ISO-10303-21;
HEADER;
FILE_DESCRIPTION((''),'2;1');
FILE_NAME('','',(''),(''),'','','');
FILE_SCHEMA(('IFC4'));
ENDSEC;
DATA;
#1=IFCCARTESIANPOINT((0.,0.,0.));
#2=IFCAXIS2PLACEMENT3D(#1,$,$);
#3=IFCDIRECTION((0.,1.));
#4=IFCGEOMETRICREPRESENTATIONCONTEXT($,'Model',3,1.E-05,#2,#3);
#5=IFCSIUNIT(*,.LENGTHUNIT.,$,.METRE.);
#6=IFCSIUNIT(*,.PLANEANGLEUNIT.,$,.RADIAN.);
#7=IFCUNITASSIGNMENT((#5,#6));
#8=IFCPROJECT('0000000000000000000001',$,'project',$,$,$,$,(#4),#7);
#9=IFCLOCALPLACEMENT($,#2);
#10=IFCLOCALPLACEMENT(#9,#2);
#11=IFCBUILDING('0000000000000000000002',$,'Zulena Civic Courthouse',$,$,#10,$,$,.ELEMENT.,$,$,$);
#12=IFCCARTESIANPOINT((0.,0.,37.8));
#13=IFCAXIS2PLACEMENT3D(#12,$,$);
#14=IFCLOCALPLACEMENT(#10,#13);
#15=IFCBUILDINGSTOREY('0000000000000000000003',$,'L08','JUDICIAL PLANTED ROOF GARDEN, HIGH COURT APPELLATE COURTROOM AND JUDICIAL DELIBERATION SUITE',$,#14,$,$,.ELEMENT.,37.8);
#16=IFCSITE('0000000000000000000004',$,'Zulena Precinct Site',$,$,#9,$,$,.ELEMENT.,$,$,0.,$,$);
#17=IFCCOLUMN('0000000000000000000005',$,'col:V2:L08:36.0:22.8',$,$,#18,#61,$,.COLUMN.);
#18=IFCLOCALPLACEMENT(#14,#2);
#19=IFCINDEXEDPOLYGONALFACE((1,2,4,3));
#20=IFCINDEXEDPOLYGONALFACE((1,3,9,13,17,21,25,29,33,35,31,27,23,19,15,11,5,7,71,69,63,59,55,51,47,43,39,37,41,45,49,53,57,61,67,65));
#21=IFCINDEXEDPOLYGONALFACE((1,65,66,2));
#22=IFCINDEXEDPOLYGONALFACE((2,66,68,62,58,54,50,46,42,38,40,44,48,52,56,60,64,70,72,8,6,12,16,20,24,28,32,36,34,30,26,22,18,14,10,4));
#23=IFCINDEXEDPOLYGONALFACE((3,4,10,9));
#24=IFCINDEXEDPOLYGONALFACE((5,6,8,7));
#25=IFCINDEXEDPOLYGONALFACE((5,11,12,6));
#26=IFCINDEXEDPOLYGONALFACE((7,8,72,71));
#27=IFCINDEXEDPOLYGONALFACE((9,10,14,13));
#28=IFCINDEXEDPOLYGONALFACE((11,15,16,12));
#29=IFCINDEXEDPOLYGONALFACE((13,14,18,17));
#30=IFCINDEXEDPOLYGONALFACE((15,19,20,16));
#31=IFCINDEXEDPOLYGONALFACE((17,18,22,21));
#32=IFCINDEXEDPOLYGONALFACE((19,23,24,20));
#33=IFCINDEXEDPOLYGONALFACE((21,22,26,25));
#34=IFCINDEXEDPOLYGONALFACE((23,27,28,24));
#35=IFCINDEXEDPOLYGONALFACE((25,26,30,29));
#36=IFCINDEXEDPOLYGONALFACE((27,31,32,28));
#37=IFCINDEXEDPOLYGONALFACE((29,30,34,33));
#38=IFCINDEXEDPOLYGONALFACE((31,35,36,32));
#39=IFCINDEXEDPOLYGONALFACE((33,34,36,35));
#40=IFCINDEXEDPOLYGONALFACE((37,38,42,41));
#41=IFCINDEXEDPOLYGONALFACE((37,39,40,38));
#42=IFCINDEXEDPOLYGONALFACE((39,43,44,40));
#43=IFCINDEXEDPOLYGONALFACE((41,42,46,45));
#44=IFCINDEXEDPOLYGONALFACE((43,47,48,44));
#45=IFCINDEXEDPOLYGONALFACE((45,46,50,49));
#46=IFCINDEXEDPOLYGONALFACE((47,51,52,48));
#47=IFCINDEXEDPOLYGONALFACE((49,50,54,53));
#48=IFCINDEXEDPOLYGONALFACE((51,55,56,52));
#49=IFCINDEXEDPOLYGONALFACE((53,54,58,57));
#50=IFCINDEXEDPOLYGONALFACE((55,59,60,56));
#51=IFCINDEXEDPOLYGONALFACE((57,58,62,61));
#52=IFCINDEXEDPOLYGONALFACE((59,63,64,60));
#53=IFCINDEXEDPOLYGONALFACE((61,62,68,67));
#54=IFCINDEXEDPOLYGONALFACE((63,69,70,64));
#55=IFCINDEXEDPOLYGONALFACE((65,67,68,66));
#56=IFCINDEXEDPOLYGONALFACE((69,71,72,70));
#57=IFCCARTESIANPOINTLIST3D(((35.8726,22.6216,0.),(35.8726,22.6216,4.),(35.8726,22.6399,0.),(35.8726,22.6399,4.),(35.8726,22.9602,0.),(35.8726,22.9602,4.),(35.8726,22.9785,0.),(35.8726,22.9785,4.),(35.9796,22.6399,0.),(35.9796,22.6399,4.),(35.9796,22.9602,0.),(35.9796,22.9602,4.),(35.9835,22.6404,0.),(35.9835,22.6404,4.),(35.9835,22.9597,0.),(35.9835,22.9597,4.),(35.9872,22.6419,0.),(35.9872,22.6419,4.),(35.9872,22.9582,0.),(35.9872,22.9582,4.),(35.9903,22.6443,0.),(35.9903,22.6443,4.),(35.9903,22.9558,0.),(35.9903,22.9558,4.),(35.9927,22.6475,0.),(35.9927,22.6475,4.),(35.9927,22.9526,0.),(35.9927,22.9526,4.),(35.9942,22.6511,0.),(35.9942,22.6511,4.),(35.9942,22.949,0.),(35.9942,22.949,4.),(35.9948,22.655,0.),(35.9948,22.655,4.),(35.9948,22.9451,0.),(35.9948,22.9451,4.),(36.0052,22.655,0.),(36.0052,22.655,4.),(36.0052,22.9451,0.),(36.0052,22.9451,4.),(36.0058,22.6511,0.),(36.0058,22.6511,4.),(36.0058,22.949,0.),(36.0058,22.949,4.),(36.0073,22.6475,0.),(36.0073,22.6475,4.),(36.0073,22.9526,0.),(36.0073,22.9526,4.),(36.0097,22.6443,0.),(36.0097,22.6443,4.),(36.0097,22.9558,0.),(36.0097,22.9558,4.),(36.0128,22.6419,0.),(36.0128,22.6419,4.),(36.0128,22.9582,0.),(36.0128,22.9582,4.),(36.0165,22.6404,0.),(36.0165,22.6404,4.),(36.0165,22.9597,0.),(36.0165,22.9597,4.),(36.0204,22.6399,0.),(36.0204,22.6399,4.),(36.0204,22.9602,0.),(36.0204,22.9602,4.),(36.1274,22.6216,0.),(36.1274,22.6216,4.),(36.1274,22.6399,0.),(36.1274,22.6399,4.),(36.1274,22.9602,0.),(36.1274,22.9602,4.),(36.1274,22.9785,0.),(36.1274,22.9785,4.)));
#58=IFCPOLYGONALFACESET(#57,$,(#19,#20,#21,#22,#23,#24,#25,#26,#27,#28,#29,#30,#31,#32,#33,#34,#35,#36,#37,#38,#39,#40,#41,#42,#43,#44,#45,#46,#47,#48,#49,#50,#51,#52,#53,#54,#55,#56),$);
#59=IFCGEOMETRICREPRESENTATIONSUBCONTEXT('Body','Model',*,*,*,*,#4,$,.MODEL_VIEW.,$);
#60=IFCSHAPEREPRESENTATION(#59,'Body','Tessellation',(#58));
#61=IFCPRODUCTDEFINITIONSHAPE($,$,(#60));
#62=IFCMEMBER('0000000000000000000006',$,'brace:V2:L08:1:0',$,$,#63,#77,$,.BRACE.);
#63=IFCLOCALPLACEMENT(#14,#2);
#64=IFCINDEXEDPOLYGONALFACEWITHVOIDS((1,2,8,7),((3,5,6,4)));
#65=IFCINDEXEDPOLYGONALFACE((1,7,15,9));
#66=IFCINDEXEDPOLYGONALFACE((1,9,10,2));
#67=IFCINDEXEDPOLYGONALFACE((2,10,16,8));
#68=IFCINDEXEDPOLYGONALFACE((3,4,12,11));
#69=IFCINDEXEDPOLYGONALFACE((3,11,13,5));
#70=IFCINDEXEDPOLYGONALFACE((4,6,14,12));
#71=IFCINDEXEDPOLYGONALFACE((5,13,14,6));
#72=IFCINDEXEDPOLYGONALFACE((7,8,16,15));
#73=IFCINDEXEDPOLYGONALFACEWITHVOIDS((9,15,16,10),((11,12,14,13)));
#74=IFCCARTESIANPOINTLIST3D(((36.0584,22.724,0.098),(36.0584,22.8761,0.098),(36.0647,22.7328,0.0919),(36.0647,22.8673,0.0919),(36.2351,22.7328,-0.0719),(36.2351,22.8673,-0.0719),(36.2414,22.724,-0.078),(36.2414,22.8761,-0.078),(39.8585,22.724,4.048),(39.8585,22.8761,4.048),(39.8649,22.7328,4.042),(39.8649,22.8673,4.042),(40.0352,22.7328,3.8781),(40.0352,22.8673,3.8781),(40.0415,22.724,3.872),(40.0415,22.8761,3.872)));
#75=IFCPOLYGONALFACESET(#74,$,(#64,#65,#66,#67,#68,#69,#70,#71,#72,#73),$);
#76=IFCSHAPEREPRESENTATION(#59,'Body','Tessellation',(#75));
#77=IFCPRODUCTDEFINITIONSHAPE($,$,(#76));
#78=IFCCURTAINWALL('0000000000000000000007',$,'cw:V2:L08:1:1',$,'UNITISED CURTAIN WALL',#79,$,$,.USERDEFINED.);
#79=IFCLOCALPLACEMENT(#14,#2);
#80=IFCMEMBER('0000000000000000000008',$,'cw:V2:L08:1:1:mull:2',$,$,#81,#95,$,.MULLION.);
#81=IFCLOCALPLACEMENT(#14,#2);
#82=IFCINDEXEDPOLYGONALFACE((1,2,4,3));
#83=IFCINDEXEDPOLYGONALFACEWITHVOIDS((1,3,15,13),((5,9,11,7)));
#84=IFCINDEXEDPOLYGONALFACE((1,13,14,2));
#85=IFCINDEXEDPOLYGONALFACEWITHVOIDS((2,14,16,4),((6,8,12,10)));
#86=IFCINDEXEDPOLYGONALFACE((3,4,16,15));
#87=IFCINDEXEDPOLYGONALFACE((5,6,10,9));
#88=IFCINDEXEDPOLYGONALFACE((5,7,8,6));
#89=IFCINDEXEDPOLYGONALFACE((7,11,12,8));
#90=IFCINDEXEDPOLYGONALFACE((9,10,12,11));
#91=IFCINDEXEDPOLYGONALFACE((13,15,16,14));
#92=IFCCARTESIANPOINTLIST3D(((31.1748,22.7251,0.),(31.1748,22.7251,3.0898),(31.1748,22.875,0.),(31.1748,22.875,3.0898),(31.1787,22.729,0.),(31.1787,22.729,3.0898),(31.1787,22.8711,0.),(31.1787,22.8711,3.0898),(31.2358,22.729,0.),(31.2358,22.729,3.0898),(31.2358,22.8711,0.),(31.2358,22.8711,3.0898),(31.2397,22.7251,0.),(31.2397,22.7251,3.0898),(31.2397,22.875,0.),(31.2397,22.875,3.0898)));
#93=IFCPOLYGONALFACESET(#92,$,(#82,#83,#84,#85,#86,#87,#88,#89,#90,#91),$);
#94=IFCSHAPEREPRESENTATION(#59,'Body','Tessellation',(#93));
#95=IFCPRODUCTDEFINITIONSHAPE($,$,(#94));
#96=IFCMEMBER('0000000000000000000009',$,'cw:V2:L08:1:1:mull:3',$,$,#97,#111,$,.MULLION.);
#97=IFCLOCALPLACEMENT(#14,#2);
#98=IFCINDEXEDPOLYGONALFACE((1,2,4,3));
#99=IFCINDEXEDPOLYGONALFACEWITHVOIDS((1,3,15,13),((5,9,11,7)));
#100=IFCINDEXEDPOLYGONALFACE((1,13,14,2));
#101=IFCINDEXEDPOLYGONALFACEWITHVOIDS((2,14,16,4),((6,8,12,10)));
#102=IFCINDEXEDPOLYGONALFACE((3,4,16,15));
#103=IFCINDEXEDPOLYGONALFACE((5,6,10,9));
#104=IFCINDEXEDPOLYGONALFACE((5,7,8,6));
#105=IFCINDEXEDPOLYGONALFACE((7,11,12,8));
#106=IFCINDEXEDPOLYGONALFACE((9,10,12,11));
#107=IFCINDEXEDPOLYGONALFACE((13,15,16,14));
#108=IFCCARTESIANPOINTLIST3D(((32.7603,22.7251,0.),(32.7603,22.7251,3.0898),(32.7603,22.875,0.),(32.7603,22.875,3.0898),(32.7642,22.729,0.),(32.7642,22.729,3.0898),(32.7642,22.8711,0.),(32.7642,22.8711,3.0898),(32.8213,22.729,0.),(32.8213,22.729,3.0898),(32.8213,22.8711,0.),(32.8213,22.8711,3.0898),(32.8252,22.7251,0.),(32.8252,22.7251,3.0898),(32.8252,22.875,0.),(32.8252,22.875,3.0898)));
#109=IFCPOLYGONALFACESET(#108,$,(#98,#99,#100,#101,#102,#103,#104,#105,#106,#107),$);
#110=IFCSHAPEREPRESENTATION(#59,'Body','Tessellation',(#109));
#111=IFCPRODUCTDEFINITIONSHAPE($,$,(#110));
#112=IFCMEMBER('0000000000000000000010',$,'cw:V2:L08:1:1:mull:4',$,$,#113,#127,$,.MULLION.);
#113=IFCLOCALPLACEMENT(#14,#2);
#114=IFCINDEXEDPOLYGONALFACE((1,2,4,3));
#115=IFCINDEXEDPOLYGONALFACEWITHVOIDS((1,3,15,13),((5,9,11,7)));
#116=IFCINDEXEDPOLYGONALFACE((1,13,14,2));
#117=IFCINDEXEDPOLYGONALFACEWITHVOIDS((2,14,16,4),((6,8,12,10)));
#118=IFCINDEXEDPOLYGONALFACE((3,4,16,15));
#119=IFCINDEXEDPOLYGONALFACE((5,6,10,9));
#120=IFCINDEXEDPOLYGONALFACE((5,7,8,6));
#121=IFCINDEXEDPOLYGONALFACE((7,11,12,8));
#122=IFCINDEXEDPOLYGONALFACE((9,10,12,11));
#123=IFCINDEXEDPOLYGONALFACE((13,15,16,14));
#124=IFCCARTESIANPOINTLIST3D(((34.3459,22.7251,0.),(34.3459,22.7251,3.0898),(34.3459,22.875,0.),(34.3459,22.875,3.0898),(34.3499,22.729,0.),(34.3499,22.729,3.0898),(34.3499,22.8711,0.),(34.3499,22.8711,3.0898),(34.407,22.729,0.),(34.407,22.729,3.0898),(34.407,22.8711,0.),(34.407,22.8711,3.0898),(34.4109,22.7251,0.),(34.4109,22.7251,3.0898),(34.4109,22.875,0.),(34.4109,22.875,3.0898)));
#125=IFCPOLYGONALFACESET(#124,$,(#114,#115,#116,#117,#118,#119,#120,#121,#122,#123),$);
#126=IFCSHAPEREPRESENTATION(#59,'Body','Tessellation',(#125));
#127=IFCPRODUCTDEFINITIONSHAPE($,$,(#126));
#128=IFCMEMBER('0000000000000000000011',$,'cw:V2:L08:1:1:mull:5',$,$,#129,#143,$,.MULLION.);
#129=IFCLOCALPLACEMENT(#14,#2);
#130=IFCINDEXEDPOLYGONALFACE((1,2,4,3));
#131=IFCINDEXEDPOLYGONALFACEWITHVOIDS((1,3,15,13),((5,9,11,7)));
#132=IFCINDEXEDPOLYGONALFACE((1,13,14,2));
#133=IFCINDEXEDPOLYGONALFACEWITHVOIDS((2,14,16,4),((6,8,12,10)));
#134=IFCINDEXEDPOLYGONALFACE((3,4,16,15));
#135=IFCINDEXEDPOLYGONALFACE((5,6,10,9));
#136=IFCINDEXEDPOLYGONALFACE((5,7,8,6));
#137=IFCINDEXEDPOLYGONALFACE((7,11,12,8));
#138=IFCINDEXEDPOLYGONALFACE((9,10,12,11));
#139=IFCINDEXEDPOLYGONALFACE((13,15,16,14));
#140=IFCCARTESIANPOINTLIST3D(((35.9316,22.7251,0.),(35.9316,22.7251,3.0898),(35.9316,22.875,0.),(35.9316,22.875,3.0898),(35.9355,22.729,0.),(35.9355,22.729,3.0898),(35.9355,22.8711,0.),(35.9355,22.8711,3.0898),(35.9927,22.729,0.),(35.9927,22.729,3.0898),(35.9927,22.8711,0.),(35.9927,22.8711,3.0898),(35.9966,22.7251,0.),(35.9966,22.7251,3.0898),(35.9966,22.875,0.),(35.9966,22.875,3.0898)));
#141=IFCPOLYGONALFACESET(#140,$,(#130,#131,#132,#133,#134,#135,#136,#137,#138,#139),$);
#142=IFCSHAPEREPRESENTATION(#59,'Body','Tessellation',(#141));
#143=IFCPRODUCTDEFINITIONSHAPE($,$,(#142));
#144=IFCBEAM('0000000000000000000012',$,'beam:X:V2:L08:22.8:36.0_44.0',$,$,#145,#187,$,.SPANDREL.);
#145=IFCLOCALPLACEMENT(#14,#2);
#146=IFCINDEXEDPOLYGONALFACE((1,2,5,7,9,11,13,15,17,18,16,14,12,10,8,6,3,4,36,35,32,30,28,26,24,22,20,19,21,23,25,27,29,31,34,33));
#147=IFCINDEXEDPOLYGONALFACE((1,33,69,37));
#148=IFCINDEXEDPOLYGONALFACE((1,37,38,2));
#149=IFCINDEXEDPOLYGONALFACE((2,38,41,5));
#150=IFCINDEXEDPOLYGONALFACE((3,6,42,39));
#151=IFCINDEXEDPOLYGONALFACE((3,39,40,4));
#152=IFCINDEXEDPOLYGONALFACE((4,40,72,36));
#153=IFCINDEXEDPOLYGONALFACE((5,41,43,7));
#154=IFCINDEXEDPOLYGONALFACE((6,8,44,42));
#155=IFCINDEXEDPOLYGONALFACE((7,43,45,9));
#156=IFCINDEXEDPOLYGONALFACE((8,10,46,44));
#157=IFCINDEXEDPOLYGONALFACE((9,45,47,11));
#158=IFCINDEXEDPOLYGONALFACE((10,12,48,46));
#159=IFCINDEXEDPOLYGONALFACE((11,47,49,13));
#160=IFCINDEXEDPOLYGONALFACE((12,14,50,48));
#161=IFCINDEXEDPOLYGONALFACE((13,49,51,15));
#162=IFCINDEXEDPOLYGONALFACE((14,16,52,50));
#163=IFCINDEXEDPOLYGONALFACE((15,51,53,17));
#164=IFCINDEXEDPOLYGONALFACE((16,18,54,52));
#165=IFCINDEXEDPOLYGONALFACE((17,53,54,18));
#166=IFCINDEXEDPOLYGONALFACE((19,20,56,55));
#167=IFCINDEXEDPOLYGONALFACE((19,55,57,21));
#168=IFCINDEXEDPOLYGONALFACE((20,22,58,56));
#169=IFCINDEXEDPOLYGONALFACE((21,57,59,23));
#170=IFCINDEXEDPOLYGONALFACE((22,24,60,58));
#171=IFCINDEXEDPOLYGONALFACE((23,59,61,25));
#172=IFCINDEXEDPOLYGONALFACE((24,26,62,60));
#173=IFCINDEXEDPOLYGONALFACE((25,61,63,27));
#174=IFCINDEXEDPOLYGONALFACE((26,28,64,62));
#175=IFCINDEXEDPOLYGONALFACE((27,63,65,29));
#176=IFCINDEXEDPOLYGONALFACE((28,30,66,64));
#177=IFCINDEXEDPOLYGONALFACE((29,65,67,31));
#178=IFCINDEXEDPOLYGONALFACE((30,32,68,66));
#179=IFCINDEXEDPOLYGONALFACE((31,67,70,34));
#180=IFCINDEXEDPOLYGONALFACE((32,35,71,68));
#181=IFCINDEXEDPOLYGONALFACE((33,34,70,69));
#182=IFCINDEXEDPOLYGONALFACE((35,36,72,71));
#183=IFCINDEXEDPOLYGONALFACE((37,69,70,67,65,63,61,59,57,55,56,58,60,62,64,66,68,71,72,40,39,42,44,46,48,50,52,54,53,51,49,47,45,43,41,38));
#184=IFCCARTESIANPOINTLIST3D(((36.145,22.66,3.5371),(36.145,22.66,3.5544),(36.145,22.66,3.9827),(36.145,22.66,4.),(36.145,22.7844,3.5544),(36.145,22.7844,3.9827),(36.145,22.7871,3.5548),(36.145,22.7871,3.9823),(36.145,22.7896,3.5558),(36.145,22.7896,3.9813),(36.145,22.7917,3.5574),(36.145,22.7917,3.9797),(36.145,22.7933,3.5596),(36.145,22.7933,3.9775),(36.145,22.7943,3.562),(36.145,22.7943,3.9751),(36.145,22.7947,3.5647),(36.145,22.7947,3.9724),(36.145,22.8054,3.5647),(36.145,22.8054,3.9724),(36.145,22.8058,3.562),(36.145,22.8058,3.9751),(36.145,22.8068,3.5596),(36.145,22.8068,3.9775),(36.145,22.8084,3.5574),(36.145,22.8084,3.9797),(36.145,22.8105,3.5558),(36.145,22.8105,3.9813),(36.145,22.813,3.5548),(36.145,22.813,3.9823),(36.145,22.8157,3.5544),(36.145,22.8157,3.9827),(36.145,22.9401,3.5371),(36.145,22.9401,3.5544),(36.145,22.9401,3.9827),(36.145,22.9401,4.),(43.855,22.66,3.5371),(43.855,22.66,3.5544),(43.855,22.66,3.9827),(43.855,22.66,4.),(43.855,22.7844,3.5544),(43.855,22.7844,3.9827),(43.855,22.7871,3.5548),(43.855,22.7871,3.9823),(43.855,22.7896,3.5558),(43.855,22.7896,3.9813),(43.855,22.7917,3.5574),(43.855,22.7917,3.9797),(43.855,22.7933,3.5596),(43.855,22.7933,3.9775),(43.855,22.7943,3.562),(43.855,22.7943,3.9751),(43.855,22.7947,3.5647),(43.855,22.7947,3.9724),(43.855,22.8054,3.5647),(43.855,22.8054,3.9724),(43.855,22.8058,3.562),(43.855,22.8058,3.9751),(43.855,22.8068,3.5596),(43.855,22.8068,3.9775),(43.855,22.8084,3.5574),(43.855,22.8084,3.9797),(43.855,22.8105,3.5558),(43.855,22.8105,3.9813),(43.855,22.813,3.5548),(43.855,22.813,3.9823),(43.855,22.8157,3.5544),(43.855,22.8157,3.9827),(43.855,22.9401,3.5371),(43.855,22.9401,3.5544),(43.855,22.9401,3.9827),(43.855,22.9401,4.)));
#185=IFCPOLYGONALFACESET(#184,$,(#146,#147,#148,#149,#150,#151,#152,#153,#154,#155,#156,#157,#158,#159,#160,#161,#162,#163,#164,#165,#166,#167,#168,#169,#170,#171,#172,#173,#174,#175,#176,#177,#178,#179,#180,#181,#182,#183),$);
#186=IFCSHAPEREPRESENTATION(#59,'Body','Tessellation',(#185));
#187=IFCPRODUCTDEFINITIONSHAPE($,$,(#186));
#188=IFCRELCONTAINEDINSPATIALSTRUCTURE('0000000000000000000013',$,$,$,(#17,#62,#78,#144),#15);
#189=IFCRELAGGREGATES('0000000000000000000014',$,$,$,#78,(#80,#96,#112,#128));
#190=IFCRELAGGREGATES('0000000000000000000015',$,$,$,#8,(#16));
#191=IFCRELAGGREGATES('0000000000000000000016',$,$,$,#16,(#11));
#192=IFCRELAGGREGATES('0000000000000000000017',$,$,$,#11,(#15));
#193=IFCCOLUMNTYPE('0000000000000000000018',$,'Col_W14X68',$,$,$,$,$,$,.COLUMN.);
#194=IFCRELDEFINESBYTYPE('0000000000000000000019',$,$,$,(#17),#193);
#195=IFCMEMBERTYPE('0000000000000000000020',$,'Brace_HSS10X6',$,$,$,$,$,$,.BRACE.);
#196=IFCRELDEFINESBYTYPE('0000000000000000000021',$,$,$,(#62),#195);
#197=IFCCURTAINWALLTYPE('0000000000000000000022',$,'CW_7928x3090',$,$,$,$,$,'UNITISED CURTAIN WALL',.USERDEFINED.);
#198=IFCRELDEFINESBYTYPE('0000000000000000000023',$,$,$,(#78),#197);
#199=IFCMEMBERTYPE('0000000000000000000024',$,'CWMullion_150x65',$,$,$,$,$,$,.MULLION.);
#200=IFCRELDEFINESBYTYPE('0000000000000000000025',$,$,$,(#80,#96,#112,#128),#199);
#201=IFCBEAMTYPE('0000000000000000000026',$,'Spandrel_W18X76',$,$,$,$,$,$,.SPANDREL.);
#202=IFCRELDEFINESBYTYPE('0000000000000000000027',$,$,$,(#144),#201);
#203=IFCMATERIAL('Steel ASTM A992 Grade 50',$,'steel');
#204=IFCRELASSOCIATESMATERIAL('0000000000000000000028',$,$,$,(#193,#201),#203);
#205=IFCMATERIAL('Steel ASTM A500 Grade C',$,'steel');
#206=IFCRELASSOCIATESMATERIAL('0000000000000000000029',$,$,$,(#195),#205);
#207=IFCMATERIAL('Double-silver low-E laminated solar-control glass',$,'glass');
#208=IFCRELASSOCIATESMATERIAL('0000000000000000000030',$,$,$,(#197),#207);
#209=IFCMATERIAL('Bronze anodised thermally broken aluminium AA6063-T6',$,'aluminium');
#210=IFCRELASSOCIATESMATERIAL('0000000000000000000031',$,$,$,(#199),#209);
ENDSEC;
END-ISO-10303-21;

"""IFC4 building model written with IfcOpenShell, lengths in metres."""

from ifc_helpers import new_model, si_unit, direction, frame, origin, origin_2d, place, context, subcontext, project, spatial, hollow_rectangle, i_section, extrude, material, material_profile, profile_set, type_object, element, aggregate, save


model = new_model("IFC4")

# Units and contexts
model_context = context("Model", 3, precision=1e-05, world=origin(), true_north=direction((0.0, 1.0)))
body_context = subcontext(model_context, "Body", "Model", "MODEL_VIEW")
ifc_project = project(units=[si_unit("LENGTHUNIT", "METRE"), si_unit("PLANEANGLEUNIT", "RADIAN")], contexts=[model_context])

# Site, building, storey
site_placement = place(None, origin())
site = spatial("IfcSite", under=ifc_project, at=site_placement, Name="Zulena Precinct Site", CompositionType="ELEMENT", RefElevation=0.0)
building_placement = place(site_placement, origin())
building = spatial("IfcBuilding", under=site, at=building_placement, Name="Zulena Civic Courthouse", CompositionType="ELEMENT")
storey_placement = place(building_placement, frame((0.0, 0.0, 37.8)))
storey = spatial("IfcBuildingStorey", under=building, at=storey_placement, Name="L08", Description="JUDICIAL PLANTED ROOF GARDEN, HIGH COURT APPELLATE COURTROOM AND JUDICIAL DELIBERATION SUITE", CompositionType="ELEMENT", Elevation=37.8)

# Column
ifc_material_1 = material(Name="Steel ASTM A992 Grade 50", Category="steel")
ifc_material_profile_1 = material_profile(ifc_material_1, i_section(OverallWidth=0.2549, OverallDepth=0.3569, WebThickness=0.0105, FlangeThickness=0.0183, FilletRadius=0.0151, at=origin_2d()), Name="W14X68")
ifc_profile_set_1 = profile_set([ifc_material_profile_1], Name="Steel ASTM A992 Grade 50")
column_type = type_object("IfcColumnType", Name="Col_W14X68", PredefinedType="COLUMN", material=ifc_profile_set_1)
column_placement = place(storey_placement, frame((36.0, 22.8, 0.0), z_axis=(0.0, 0.0, 1.0), x_axis=(1.0, 0.0, 0.0)))
element("IfcColumn", 1, at=column_placement, inside=storey, type_object=column_type, Name="col:V2:L08:36.0:22.8", PredefinedType="COLUMN", context=body_context, shape_type="SweptSolid", body=[
    extrude(i_section(OverallWidth=0.2549, OverallDepth=0.3569, WebThickness=0.0105, FlangeThickness=0.0183, FilletRadius=0.0151, at=origin_2d()), origin(), (0.0, 0.0, 1.0), 4.0),
])

# Member
ifc_material_2 = material(Name="Steel ASTM A500 Grade C", Category="steel")
ifc_material_profile_2 = material_profile(ifc_material_2, hollow_rectangle(XDim=0.1521, YDim=0.2539, WallThickness=0.0088, at=origin_2d()), Name="HSS10X6X3/8")
ifc_profile_set_2 = profile_set([ifc_material_profile_2], Name="Steel ASTM A500 Grade C")
member_type_1 = type_object("IfcMemberType", Name="Brace_HSS10X6", PredefinedType="BRACE", material=ifc_profile_set_2)
member_1_placement = place(storey_placement, frame((36.1499, 22.8, 0.01), z_axis=(0.6933, 0.0, 0.720649), x_axis=(0.0, 1.0, 0.0)))
element("IfcMember", 2, at=member_1_placement, inside=storey, type_object=member_type_1, Name="brace:V2:L08:1:0", PredefinedType="BRACE", context=body_context, shape_type="SweptSolid", body=[
    extrude(hollow_rectangle(XDim=0.1521, YDim=0.2539, WallThickness=0.0088, at=origin_2d()), origin(), (0.0, 0.0, 1.0), 5.4812),
])

# Curtain wall, members
ifc_material_3 = material(Name="Double-silver low-E laminated solar-control glass", Category="glass")
curtain_wall_type = type_object("IfcCurtainWallType", Name="CW_7928x3090", ElementType="UNITISED CURTAIN WALL", PredefinedType="USERDEFINED", material=ifc_material_3)
curtain_wall_placement = place(storey_placement, origin())
curtain_wall = element("IfcCurtainWall", 3, at=curtain_wall_placement, inside=storey, type_object=curtain_wall_type, Name="cw:V2:L08:1:1", ObjectType="UNITISED CURTAIN WALL", PredefinedType="USERDEFINED")
ifc_material_4 = material(Name="Bronze anodised thermally broken aluminium AA6063-T6", Category="aluminium")
ifc_material_profile_3 = material_profile(ifc_material_4, hollow_rectangle(XDim=0.0649, YDim=0.1499, WallThickness=0.0039, at=origin_2d()), Name="CWM150X65X4")
ifc_profile_set_3 = profile_set([ifc_material_profile_3], Name="Bronze anodised thermally broken aluminium AA6063-T6")
member_type_2 = type_object("IfcMemberType", Name="CWMullion_150x65", PredefinedType="MULLION", material=ifc_profile_set_3)
member_2_placement = place(storey_placement, frame((31.2073, 22.8, 0.0), z_axis=(0.0, 0.0, 1.0), x_axis=(1.0, 0.0, 0.0)))
member_2 = element("IfcMember", 4, at=member_2_placement, type_object=member_type_2, Name="cw:V2:L08:1:1:mull:2", PredefinedType="MULLION", context=body_context, shape_type="SweptSolid", body=[
    extrude(hollow_rectangle(XDim=0.0649, YDim=0.1499, WallThickness=0.0039, at=origin_2d()), origin(), (0.0, 0.0, 1.0), 3.0898),
])
member_3_placement = place(storey_placement, frame((32.7927, 22.8, 0.0), z_axis=(0.0, 0.0, 1.0), x_axis=(1.0, 0.0, 0.0)))
member_3 = element("IfcMember", 5, at=member_3_placement, type_object=member_type_2, Name="cw:V2:L08:1:1:mull:3", PredefinedType="MULLION", context=body_context, shape_type="SweptSolid", body=[
    extrude(hollow_rectangle(XDim=0.0649, YDim=0.1499, WallThickness=0.0039, at=origin_2d()), origin(), (0.0, 0.0, 1.0), 3.0898),
])
member_4_placement = place(storey_placement, frame((34.3784, 22.8, 0.0), z_axis=(0.0, 0.0, 1.0), x_axis=(1.0, 0.0, 0.0)))
member_4 = element("IfcMember", 6, at=member_4_placement, type_object=member_type_2, Name="cw:V2:L08:1:1:mull:4", PredefinedType="MULLION", context=body_context, shape_type="SweptSolid", body=[
    extrude(hollow_rectangle(XDim=0.0649, YDim=0.1499, WallThickness=0.0039, at=origin_2d()), origin(), (0.0, 0.0, 1.0), 3.0898),
])
member_5_placement = place(storey_placement, frame((35.9641, 22.8, 0.0), z_axis=(0.0, 0.0, 1.0), x_axis=(1.0, 0.0, 0.0)))
member_5 = element("IfcMember", 7, at=member_5_placement, type_object=member_type_2, Name="cw:V2:L08:1:1:mull:5", PredefinedType="MULLION", context=body_context, shape_type="SweptSolid", body=[
    extrude(hollow_rectangle(XDim=0.0649, YDim=0.1499, WallThickness=0.0039, at=origin_2d()), origin(), (0.0, 0.0, 1.0), 3.0898),
])

# Beam
ifc_material_profile_4 = material_profile(ifc_material_1, i_section(OverallWidth=0.28, OverallDepth=0.4629, WebThickness=0.0107, FlangeThickness=0.0173, FilletRadius=0.0103, at=origin_2d()), Name="W18X76")
ifc_profile_set_4 = profile_set([ifc_material_profile_4], Name="Steel ASTM A992 Grade 50")
beam_type = type_object("IfcBeamType", Name="Spandrel_W18X76", PredefinedType="SPANDREL", material=ifc_profile_set_4)
beam_placement = place(storey_placement, frame((36.145, 22.8, 3.7686), z_axis=(1.0, 0.0, 0.0), x_axis=(0.0, 1.0, 0.0)))
element("IfcBeam", 8, at=beam_placement, inside=storey, type_object=beam_type, Name="beam:X:V2:L08:22.8:36.0_44.0", PredefinedType="SPANDREL", context=body_context, shape_type="SweptSolid", body=[
    extrude(i_section(OverallWidth=0.28, OverallDepth=0.4629, WebThickness=0.0107, FlangeThickness=0.0173, FilletRadius=0.0103, at=origin_2d()), origin(), (0.0, 0.0, 1.0), 7.71),
])

aggregate(curtain_wall, [member_2, member_3, member_4, member_5])

save(model, "model.ifc")
